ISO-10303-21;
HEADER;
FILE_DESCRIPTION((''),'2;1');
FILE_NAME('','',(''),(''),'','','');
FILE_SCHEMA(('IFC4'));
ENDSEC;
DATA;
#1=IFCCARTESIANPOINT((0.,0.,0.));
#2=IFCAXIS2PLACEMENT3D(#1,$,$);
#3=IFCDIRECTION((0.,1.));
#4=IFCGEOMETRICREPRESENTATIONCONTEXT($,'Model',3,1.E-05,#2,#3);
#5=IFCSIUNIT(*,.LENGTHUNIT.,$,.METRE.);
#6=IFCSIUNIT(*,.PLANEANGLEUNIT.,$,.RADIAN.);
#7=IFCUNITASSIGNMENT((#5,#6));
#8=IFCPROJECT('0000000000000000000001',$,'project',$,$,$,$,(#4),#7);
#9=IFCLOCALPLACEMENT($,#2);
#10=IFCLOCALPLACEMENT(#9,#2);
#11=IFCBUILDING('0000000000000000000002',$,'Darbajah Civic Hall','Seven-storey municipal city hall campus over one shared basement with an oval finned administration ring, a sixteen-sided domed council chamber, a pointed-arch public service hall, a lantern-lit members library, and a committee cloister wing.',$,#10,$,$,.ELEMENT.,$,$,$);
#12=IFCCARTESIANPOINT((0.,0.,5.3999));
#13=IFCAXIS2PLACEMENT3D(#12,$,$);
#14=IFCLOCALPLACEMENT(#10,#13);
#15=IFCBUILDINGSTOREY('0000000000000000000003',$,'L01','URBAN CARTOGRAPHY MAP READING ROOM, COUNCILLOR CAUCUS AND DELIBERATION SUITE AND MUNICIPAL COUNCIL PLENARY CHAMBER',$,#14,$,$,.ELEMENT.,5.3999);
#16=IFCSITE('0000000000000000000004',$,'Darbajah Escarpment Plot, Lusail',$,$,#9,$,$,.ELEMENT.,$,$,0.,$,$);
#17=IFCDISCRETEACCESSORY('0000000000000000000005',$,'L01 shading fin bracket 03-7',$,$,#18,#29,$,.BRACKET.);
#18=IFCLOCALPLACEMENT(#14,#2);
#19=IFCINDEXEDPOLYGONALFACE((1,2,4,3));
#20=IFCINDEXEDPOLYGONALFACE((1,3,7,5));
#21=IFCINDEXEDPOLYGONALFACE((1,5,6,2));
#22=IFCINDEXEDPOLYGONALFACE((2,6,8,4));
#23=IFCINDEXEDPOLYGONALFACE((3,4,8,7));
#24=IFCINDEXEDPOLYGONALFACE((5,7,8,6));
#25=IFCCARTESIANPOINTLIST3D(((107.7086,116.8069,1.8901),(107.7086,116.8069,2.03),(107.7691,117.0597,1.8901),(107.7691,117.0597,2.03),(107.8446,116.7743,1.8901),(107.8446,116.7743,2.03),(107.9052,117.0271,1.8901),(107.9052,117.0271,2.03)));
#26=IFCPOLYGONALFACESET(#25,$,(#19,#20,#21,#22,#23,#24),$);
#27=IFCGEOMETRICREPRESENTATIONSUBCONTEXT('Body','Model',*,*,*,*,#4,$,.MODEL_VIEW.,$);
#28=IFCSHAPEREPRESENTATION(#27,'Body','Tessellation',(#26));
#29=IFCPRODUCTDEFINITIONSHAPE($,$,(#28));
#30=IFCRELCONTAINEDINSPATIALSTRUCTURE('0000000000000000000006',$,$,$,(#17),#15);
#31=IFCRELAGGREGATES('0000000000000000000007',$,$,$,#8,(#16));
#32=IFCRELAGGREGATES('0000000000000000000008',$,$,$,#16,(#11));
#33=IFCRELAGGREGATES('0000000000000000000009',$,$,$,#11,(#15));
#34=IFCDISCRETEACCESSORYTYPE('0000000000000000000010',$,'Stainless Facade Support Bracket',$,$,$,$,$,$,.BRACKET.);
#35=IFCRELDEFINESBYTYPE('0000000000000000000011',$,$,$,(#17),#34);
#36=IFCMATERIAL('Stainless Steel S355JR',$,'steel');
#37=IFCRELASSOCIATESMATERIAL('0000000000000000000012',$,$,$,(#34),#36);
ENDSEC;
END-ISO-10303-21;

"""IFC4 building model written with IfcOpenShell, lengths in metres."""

from ifc_helpers import new_model, si_unit, direction, frame, origin, origin_2d, place, context, subcontext, project, spatial, rectangle, extrude, material, type_object, element, save


model = new_model("IFC4")

# Units and contexts
model_context = context("Model", 3, precision=1e-05, world=origin(), true_north=direction((0.0, 1.0)))
body_context = subcontext(model_context, "Body", "Model", "MODEL_VIEW")
ifc_project = project(units=[si_unit("LENGTHUNIT", "METRE"), si_unit("PLANEANGLEUNIT", "RADIAN")], contexts=[model_context])

# Site, building, storey
site_placement = place(None, origin())
site = spatial("IfcSite", under=ifc_project, at=site_placement, Name="Darbajah Escarpment Plot, Lusail", CompositionType="ELEMENT", RefElevation=0.0)
building_placement = place(site_placement, origin())
building = spatial("IfcBuilding", under=site, at=building_placement, Name="Darbajah Civic Hall", Description="Seven-storey municipal city hall campus over one shared basement with an oval finned administration ring, a sixteen-sided domed council chamber, a pointed-arch public service hall, a lantern-lit members library, and a committee cloister wing.", CompositionType="ELEMENT")
storey_placement = place(building_placement, frame((0.0, 0.0, 5.3999)))
storey = spatial("IfcBuildingStorey", under=building, at=storey_placement, Name="L01", Description="URBAN CARTOGRAPHY MAP READING ROOM, COUNCILLOR CAUCUS AND DELIBERATION SUITE AND MUNICIPAL COUNCIL PLENARY CHAMBER", CompositionType="ELEMENT", Elevation=5.3999)

# Discrete accessory
ifc_material_1 = material(Name="Stainless Steel S355JR", Category="steel")
discrete_accessory_type = type_object("IfcDiscreteAccessoryType", Name="Stainless Facade Support Bracket", PredefinedType="BRACKET", material=ifc_material_1)
for number, where, z_axis, x_axis, name in (
    (1, (107.8069, 116.917, 1.8901), (0.0, 0.0, 1.0), (0.232936, 0.972492, 0.0), "L01 shading fin bracket 03-7"),
):
    element("IfcDiscreteAccessory", number, at=place(storey_placement, frame(where, z_axis=z_axis, x_axis=x_axis)), inside=storey, type_object=discrete_accessory_type, Name=name, PredefinedType="BRACKET", context=body_context, shape_type="SweptSolid", body=[
        extrude(rectangle(XDim=0.26, YDim=0.1399, at=origin_2d()), origin(), (0.0, 0.0, 1.0), 0.1399),
    ])

save(model, "model.ifc")
